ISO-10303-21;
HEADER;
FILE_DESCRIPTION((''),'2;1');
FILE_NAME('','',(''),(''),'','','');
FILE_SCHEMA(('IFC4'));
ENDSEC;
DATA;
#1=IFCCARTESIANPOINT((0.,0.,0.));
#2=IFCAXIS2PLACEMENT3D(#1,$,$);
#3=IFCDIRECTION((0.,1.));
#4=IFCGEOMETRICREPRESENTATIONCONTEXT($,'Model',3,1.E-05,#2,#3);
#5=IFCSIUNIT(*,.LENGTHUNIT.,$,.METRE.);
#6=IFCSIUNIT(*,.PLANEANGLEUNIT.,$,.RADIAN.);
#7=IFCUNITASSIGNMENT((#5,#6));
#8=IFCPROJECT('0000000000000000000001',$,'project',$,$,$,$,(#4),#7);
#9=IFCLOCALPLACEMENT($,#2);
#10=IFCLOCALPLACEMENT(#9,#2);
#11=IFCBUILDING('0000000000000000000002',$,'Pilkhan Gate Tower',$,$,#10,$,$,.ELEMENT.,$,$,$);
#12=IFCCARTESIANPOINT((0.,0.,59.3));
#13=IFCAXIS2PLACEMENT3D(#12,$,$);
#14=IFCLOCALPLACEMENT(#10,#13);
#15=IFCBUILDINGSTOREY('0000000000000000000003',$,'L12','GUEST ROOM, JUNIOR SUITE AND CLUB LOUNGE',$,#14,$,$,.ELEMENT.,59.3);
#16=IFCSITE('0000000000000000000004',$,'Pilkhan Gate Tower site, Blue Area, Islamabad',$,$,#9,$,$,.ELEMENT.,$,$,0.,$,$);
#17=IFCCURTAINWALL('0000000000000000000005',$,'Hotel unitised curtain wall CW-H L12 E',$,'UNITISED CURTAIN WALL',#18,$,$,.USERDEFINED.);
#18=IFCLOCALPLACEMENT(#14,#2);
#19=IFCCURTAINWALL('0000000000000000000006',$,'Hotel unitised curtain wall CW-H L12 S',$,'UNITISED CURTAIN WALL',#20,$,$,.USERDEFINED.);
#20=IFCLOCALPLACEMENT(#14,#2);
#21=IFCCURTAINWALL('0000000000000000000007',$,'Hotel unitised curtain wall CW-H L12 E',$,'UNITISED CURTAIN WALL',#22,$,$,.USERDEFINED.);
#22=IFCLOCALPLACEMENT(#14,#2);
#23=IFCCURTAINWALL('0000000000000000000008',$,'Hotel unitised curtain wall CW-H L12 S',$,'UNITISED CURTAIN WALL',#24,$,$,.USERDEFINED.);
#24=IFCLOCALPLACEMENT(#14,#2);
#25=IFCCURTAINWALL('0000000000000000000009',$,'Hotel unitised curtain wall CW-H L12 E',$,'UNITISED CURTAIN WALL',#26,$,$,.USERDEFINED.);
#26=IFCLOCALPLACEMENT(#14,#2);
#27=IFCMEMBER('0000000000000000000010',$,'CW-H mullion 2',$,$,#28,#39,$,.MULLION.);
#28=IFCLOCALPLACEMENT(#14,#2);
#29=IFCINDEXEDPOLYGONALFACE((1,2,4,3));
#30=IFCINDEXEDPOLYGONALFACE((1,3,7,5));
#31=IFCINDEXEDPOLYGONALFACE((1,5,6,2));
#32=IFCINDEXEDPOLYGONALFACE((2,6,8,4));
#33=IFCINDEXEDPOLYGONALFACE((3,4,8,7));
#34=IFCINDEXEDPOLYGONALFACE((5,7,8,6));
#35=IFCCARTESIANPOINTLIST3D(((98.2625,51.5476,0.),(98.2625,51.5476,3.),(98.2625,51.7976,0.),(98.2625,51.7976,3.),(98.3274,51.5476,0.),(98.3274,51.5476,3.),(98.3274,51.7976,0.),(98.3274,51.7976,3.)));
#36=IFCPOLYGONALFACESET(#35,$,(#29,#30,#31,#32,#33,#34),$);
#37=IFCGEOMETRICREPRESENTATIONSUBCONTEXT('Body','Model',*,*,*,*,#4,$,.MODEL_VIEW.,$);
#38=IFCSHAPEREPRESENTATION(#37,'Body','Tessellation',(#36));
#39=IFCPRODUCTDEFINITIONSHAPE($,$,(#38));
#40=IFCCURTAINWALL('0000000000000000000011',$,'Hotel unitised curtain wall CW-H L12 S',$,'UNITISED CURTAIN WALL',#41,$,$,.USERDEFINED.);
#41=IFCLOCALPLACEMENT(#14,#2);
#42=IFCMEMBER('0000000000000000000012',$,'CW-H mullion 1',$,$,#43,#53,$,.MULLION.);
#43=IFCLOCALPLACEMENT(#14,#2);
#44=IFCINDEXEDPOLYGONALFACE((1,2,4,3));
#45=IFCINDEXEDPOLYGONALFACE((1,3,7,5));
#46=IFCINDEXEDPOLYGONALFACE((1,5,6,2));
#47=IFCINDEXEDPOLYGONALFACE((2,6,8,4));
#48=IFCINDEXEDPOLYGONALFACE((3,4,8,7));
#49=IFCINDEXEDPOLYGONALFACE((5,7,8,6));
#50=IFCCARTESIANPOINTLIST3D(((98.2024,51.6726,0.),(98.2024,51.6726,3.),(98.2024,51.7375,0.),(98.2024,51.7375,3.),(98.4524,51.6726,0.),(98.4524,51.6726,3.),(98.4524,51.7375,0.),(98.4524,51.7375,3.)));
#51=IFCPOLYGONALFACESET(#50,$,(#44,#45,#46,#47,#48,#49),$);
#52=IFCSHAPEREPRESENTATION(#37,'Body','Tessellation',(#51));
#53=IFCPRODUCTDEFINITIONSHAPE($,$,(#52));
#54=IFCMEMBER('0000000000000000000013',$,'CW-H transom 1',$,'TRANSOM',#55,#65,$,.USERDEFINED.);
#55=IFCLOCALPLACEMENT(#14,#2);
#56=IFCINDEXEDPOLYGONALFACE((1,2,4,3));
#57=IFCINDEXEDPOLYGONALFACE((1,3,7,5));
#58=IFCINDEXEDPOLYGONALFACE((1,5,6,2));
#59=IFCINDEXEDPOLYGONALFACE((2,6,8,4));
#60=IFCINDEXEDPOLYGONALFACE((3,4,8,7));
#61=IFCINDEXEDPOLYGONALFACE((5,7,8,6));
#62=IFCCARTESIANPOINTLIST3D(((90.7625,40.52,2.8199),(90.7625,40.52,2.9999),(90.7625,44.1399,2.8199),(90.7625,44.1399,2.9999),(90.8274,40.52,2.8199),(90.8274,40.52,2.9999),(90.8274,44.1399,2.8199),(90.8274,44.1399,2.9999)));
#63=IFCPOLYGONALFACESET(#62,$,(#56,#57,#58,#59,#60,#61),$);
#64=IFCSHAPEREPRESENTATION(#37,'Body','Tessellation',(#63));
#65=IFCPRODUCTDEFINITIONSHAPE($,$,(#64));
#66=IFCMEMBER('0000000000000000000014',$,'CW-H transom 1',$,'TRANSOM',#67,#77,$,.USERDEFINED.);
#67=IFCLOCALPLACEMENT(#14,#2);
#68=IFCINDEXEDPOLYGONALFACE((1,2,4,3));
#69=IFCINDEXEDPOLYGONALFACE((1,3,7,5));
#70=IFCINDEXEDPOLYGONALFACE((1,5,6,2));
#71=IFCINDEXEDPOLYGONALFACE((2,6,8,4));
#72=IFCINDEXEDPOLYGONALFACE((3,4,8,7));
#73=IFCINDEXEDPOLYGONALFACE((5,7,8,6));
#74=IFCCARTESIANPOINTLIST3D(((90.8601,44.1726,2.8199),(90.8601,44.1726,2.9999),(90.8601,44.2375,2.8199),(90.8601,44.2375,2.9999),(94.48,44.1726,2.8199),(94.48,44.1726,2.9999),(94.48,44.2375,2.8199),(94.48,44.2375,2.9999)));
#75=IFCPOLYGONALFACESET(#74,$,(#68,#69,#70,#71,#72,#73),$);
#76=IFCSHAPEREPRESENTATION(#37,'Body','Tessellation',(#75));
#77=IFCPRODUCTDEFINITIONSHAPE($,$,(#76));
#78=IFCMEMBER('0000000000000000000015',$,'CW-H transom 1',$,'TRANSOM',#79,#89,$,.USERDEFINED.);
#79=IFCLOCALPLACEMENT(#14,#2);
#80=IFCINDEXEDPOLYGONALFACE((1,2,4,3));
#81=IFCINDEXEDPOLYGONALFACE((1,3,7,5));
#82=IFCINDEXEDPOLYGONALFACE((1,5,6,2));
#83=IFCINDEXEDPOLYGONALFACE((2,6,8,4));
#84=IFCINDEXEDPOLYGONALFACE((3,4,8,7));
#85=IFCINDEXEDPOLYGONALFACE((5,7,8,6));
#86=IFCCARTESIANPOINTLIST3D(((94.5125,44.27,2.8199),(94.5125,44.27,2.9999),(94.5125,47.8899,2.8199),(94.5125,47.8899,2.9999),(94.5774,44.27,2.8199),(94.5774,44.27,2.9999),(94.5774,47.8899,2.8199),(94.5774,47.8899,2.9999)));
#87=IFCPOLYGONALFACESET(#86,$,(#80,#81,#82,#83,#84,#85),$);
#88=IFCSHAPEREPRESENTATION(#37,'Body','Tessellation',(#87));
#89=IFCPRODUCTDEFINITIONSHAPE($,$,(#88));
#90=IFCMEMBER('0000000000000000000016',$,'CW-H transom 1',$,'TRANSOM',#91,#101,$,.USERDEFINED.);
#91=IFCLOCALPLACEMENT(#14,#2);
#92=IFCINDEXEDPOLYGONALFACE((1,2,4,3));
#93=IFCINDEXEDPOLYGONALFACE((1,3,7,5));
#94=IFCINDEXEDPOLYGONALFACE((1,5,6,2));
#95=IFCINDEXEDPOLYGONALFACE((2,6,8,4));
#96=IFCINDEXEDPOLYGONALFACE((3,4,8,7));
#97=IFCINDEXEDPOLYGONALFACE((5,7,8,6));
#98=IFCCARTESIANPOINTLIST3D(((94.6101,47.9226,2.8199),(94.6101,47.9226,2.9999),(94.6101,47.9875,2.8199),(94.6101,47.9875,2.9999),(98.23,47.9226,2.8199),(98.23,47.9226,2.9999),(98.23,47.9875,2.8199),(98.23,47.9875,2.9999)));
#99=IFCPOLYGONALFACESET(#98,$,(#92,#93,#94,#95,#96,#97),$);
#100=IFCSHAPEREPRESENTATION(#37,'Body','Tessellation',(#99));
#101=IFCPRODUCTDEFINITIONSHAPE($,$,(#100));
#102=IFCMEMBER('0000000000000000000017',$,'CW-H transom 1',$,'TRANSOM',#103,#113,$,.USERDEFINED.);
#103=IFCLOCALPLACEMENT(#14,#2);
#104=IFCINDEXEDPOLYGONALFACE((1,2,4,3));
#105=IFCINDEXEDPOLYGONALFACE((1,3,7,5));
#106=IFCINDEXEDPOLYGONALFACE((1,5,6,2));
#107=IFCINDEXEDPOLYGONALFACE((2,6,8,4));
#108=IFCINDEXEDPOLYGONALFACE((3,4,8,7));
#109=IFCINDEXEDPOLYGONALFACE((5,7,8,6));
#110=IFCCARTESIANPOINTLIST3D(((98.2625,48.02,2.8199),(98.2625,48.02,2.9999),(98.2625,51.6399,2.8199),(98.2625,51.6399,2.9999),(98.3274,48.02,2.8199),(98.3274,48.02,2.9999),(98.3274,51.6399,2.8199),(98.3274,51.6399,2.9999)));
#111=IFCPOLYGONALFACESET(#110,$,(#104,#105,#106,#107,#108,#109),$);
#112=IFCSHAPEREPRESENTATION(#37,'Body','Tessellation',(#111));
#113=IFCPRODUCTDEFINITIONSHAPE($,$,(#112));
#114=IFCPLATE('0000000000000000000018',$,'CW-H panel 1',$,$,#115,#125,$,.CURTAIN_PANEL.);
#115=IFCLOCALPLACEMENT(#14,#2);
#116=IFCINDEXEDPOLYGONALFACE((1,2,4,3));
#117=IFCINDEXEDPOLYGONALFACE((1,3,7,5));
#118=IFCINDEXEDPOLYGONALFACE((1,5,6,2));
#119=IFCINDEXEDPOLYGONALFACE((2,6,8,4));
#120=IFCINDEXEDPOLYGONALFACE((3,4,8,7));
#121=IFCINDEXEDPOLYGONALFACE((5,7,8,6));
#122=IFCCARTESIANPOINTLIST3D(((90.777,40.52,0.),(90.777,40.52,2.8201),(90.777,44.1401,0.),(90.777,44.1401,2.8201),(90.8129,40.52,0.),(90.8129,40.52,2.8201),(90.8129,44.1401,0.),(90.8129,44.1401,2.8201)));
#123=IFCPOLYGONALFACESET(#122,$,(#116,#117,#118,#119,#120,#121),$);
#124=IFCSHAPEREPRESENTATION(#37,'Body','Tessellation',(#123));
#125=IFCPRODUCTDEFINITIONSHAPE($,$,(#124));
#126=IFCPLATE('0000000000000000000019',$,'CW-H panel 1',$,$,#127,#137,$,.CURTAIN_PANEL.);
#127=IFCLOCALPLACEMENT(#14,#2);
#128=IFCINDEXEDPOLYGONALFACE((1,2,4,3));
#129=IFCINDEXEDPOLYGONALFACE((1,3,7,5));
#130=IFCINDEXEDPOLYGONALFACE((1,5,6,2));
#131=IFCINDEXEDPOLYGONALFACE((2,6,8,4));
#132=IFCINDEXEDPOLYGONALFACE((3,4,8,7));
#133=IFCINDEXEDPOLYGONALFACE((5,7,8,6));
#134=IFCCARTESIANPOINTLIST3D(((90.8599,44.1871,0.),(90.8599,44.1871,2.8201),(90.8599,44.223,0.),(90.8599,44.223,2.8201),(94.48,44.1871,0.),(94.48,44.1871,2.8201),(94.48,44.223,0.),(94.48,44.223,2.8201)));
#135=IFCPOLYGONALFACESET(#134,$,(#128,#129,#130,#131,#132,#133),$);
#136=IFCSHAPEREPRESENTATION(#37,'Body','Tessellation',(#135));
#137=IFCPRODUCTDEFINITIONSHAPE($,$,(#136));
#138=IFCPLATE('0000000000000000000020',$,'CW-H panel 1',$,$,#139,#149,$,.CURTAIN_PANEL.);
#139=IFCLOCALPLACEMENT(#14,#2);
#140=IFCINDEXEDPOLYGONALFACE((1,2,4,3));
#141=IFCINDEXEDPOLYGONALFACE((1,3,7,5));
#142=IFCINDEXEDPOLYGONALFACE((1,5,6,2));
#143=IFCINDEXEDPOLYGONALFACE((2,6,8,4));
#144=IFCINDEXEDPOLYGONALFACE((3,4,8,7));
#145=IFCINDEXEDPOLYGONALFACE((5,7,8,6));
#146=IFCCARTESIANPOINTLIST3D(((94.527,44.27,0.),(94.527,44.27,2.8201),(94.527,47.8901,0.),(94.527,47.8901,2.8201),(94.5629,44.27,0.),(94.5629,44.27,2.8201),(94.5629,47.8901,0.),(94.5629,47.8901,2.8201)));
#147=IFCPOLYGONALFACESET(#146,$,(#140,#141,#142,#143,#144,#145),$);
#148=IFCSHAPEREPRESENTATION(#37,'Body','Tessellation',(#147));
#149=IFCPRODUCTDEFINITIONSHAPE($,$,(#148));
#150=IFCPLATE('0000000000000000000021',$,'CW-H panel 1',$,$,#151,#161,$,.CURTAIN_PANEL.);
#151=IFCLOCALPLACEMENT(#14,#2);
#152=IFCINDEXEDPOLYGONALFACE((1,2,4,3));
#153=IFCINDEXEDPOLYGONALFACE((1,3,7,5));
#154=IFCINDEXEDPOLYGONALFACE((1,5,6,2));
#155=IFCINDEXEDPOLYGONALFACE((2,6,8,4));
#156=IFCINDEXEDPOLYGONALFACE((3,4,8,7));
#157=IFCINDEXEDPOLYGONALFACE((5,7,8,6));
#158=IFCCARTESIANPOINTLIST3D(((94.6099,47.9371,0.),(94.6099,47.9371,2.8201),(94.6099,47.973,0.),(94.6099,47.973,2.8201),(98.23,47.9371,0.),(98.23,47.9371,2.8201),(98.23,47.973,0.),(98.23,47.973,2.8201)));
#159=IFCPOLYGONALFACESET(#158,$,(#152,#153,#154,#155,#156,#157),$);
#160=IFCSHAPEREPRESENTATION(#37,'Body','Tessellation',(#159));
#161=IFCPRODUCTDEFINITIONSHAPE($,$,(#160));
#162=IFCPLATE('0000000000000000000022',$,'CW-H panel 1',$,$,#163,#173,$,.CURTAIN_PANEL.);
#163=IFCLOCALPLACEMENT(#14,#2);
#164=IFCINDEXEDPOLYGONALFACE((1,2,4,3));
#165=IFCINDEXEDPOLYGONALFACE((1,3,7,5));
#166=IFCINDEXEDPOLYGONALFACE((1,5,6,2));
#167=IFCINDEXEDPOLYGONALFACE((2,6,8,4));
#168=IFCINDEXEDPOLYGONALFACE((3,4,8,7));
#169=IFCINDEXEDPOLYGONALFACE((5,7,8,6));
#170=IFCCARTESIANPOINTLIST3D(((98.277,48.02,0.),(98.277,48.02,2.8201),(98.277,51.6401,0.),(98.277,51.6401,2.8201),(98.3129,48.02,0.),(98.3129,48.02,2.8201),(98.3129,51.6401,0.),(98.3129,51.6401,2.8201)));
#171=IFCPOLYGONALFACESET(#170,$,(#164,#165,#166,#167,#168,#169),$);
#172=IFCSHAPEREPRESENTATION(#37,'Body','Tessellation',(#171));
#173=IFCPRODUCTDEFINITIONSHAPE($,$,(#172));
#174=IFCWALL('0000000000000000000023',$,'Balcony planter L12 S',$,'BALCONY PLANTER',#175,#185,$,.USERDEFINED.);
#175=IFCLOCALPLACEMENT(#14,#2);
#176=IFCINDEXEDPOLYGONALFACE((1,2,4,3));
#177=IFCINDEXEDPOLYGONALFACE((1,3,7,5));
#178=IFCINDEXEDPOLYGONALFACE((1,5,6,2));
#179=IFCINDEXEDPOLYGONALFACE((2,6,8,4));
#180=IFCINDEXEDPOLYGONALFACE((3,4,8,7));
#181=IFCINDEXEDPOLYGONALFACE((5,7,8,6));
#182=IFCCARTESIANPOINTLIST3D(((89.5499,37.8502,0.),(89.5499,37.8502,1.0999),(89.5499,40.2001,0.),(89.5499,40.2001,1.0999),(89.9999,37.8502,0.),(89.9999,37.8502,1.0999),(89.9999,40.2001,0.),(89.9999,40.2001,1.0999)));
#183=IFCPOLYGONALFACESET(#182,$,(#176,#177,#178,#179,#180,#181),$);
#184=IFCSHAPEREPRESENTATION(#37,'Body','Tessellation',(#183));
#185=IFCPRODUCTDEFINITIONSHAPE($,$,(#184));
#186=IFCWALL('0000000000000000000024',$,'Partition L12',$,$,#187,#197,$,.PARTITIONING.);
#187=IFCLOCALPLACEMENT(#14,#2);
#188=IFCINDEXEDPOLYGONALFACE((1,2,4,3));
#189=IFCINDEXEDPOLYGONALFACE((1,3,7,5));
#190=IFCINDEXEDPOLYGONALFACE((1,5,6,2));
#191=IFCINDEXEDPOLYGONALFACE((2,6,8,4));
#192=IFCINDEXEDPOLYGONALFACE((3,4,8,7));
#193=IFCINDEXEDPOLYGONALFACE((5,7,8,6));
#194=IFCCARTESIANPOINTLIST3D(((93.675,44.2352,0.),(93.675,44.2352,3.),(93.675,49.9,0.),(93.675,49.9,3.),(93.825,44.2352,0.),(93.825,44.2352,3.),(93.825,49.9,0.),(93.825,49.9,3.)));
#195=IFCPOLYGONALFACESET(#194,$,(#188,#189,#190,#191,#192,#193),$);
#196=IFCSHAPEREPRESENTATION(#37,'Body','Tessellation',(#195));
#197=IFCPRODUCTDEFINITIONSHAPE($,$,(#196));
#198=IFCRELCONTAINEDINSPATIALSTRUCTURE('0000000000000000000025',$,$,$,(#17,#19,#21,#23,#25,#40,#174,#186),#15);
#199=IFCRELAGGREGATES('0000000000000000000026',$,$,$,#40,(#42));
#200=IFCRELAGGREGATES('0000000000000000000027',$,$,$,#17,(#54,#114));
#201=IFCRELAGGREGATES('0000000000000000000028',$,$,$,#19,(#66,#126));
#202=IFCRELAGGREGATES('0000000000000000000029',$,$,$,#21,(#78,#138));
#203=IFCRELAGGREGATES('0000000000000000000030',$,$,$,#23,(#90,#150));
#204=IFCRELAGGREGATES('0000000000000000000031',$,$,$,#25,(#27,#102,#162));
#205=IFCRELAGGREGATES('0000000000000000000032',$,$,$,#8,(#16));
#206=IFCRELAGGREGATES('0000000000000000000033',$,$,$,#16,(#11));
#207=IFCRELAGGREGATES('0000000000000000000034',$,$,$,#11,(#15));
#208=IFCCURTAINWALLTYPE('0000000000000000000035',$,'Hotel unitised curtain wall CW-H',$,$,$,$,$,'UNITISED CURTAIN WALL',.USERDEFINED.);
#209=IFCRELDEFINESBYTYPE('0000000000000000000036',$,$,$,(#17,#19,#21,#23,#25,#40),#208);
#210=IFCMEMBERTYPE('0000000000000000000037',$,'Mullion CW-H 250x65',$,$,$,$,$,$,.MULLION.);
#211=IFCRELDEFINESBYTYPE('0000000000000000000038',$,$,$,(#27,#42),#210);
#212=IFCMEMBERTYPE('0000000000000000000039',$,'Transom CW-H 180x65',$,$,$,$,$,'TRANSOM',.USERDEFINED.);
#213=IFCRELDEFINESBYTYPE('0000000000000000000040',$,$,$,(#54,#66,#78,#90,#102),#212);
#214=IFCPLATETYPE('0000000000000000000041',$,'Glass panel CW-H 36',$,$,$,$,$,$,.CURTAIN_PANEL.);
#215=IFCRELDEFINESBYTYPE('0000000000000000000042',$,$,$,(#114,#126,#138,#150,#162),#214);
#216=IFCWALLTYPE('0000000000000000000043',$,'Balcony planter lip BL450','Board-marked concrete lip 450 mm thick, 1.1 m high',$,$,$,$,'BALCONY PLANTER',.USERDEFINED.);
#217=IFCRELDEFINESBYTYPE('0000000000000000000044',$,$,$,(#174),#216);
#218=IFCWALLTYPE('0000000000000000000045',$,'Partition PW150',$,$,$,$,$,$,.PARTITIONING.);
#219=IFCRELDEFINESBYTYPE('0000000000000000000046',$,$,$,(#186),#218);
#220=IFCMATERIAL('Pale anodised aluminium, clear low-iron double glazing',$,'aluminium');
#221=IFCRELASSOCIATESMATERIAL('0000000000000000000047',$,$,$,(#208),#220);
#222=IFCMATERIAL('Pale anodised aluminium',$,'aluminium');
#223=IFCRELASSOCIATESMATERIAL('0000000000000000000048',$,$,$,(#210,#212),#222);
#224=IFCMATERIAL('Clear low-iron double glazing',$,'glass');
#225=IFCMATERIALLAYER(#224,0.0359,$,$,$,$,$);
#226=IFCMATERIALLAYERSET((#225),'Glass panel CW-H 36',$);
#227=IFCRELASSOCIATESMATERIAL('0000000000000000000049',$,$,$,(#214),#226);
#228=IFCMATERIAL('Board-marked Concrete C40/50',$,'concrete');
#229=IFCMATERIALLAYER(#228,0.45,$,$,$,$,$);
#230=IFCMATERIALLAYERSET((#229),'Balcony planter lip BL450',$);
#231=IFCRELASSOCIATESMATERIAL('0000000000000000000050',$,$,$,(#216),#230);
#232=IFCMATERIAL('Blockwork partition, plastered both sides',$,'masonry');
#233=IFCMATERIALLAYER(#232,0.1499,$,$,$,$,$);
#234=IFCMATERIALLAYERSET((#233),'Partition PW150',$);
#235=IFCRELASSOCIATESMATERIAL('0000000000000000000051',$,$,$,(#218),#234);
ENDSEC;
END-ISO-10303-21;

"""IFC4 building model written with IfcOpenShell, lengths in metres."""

from ifc_helpers import new_model, si_unit, direction, frame, frame_2d, origin, origin_2d, place, context, subcontext, project, spatial, rectangle, extrude, material, layer, layer_set, material_profile, profile_set, type_object, element, aggregate, save


model = new_model("IFC4")

# Units and contexts
model_context = context("Model", 3, precision=1e-05, world=origin(), true_north=direction((0.0, 1.0)))
body_context = subcontext(model_context, "Body", "Model", "MODEL_VIEW")
ifc_project = project(units=[si_unit("LENGTHUNIT", "METRE"), si_unit("PLANEANGLEUNIT", "RADIAN")], contexts=[model_context])

# Site, building, storey
site_placement = place(None, origin())
site = spatial("IfcSite", under=ifc_project, at=site_placement, Name="Pilkhan Gate Tower site, Blue Area, Islamabad", CompositionType="ELEMENT", RefElevation=0.0)
building_placement = place(site_placement, origin())
building = spatial("IfcBuilding", under=site, at=building_placement, Name="Pilkhan Gate Tower", CompositionType="ELEMENT")
storey_placement = place(building_placement, frame((0.0, 0.0, 59.3)))
storey = spatial("IfcBuildingStorey", under=building, at=storey_placement, Name="L12", Description="GUEST ROOM, JUNIOR SUITE AND CLUB LOUNGE", CompositionType="ELEMENT", Elevation=59.3)

# Shared definitions
ifc_material_1 = material(Name="Pale anodised aluminium, clear low-iron double glazing", Category="aluminium")
curtain_wall_type = type_object("IfcCurtainWallType", Name="Hotel unitised curtain wall CW-H", ElementType="UNITISED CURTAIN WALL", PredefinedType="USERDEFINED", material=ifc_material_1)
ifc_material_2 = material(Name="Pale anodised aluminium", Category="aluminium")
ifc_material_profile_1 = material_profile(ifc_material_2, rectangle(XDim=0.0649, YDim=0.25, at=origin_2d()), Name="Mullion 250x65")
ifc_profile_set_1 = profile_set([ifc_material_profile_1], Name="Pale anodised aluminium")
member_type_1 = type_object("IfcMemberType", Name="Mullion CW-H 250x65", PredefinedType="MULLION", material=ifc_profile_set_1)

# Curtain walls, member
curtain_wall_1_placement = place(storey_placement, origin())
curtain_wall_1 = element("IfcCurtainWall", 1, at=curtain_wall_1_placement, inside=storey, type_object=curtain_wall_type, Name="Hotel unitised curtain wall CW-H L12 E", ObjectType="UNITISED CURTAIN WALL", PredefinedType="USERDEFINED")
curtain_wall_2_placement = place(storey_placement, origin())
curtain_wall_2 = element("IfcCurtainWall", 2, at=curtain_wall_2_placement, inside=storey, type_object=curtain_wall_type, Name="Hotel unitised curtain wall CW-H L12 S", ObjectType="UNITISED CURTAIN WALL", PredefinedType="USERDEFINED")
curtain_wall_3_placement = place(storey_placement, origin())
curtain_wall_3 = element("IfcCurtainWall", 3, at=curtain_wall_3_placement, inside=storey, type_object=curtain_wall_type, Name="Hotel unitised curtain wall CW-H L12 E", ObjectType="UNITISED CURTAIN WALL", PredefinedType="USERDEFINED")
curtain_wall_4_placement = place(storey_placement, origin())
curtain_wall_4 = element("IfcCurtainWall", 4, at=curtain_wall_4_placement, inside=storey, type_object=curtain_wall_type, Name="Hotel unitised curtain wall CW-H L12 S", ObjectType="UNITISED CURTAIN WALL", PredefinedType="USERDEFINED")
curtain_wall_5_placement = place(storey_placement, origin())
curtain_wall_5 = element("IfcCurtainWall", 5, at=curtain_wall_5_placement, inside=storey, type_object=curtain_wall_type, Name="Hotel unitised curtain wall CW-H L12 E", ObjectType="UNITISED CURTAIN WALL", PredefinedType="USERDEFINED")
member_1_placement = place(storey_placement, frame((98.2949, 51.6726, 0.0), z_axis=(0.0, 0.0, 1.0), x_axis=(-1.0, 0.0, 0.0)))
member_1 = element("IfcMember", 6, at=member_1_placement, type_object=member_type_1, Name="CW-H mullion 2", PredefinedType="MULLION", context=body_context, shape_type="SweptSolid", body=[
    extrude(rectangle(XDim=0.0649, YDim=0.25, at=origin_2d()), origin(), (0.0, 0.0, 1.0), 3.0),
])

# Curtain wall, member
curtain_wall_6_placement = place(storey_placement, origin())
curtain_wall_6 = element("IfcCurtainWall", 7, at=curtain_wall_6_placement, inside=storey, type_object=curtain_wall_type, Name="Hotel unitised curtain wall CW-H L12 S", ObjectType="UNITISED CURTAIN WALL", PredefinedType="USERDEFINED")
member_2_placement = place(storey_placement, frame((98.3274, 51.7051, 0.0), z_axis=(0.0, 0.0, 1.0), x_axis=(0.0, 1.0, 0.0)))
member_2 = element("IfcMember", 8, at=member_2_placement, type_object=member_type_1, Name="CW-H mullion 1", PredefinedType="MULLION", context=body_context, shape_type="SweptSolid", body=[
    extrude(rectangle(XDim=0.0649, YDim=0.25, at=origin_2d()), origin(), (0.0, 0.0, 1.0), 3.0),
])
aggregate(curtain_wall_6, [member_2])

# Members
ifc_material_profile_2 = material_profile(ifc_material_2, rectangle(XDim=0.0649, YDim=0.1799, at=origin_2d()), Name="Transom 180x65")
ifc_profile_set_2 = profile_set([ifc_material_profile_2], Name="Pale anodised aluminium")
member_type_2 = type_object("IfcMemberType", Name="Transom CW-H 180x65", ElementType="TRANSOM", PredefinedType="USERDEFINED", material=ifc_profile_set_2)
member_3_placement = place(storey_placement, frame((90.7949, 40.52, 2.9099), z_axis=(0.0, 1.0, 0.0), x_axis=(-1.0, 0.0, 0.0)))
member_3 = element("IfcMember", 9, at=member_3_placement, type_object=member_type_2, Name="CW-H transom 1", ObjectType="TRANSOM", PredefinedType="USERDEFINED", context=body_context, shape_type="SweptSolid", body=[
    extrude(rectangle(XDim=0.0649, YDim=0.1799, at=origin_2d()), origin(), (0.0, 0.0, 1.0), 3.6199),
])
member_4_placement = place(storey_placement, frame((90.8601, 44.2051, 2.9099), z_axis=(1.0, 0.0, 0.0), x_axis=(0.0, 1.0, 0.0)))
member_4 = element("IfcMember", 10, at=member_4_placement, type_object=member_type_2, Name="CW-H transom 1", ObjectType="TRANSOM", PredefinedType="USERDEFINED", context=body_context, shape_type="SweptSolid", body=[
    extrude(rectangle(XDim=0.0649, YDim=0.1799, at=origin_2d()), origin(), (0.0, 0.0, 1.0), 3.6199),
])
member_5_placement = place(storey_placement, frame((94.5449, 44.27, 2.9099), z_axis=(0.0, 1.0, 0.0), x_axis=(-1.0, 0.0, 0.0)))
member_5 = element("IfcMember", 11, at=member_5_placement, type_object=member_type_2, Name="CW-H transom 1", ObjectType="TRANSOM", PredefinedType="USERDEFINED", context=body_context, shape_type="SweptSolid", body=[
    extrude(rectangle(XDim=0.0649, YDim=0.1799, at=origin_2d()), origin(), (0.0, 0.0, 1.0), 3.6199),
])
member_6_placement = place(storey_placement, frame((94.6101, 47.9551, 2.9099), z_axis=(1.0, 0.0, 0.0), x_axis=(0.0, 1.0, 0.0)))
member_6 = element("IfcMember", 12, at=member_6_placement, type_object=member_type_2, Name="CW-H transom 1", ObjectType="TRANSOM", PredefinedType="USERDEFINED", context=body_context, shape_type="SweptSolid", body=[
    extrude(rectangle(XDim=0.0649, YDim=0.1799, at=origin_2d()), origin(), (0.0, 0.0, 1.0), 3.6199),
])
member_7_placement = place(storey_placement, frame((98.2949, 48.02, 2.9099), z_axis=(0.0, 1.0, 0.0), x_axis=(-1.0, 0.0, 0.0)))
member_7 = element("IfcMember", 13, at=member_7_placement, type_object=member_type_2, Name="CW-H transom 1", ObjectType="TRANSOM", PredefinedType="USERDEFINED", context=body_context, shape_type="SweptSolid", body=[
    extrude(rectangle(XDim=0.0649, YDim=0.1799, at=origin_2d()), origin(), (0.0, 0.0, 1.0), 3.6199),
])

# Plates
ifc_material_3 = material(Name="Clear low-iron double glazing", Category="glass")
ifc_layer_1 = layer(ifc_material_3, 0.0359)
ifc_layer_set_1 = layer_set([ifc_layer_1], Name="Glass panel CW-H 36")
plate_type = type_object("IfcPlateType", Name="Glass panel CW-H 36", PredefinedType="CURTAIN_PANEL", material=ifc_layer_set_1)
plate_1_placement = place(storey_placement, frame((90.7949, 42.3301, 0.0), z_axis=(0.0, 0.0, 1.0), x_axis=(0.0, 1.0, 0.0)))
plate_1 = element("IfcPlate", 14, at=plate_1_placement, type_object=plate_type, Name="CW-H panel 1", PredefinedType="CURTAIN_PANEL", context=body_context, shape_type="SweptSolid", body=[
    extrude(rectangle(XDim=3.6201, YDim=0.0359, at=origin_2d()), origin(), (0.0, 0.0, 1.0), 2.8201),
])
aggregate(curtain_wall_1, [member_3, plate_1])
plate_2_placement = place(storey_placement, frame((92.6699, 44.2051, 0.0), z_axis=(0.0, 0.0, 1.0), x_axis=(1.0, 0.0, 0.0)))
plate_2 = element("IfcPlate", 15, at=plate_2_placement, type_object=plate_type, Name="CW-H panel 1", PredefinedType="CURTAIN_PANEL", context=body_context, shape_type="SweptSolid", body=[
    extrude(rectangle(XDim=3.6201, YDim=0.0359, at=origin_2d()), origin(), (0.0, 0.0, 1.0), 2.8201),
])
aggregate(curtain_wall_2, [member_4, plate_2])
plate_3_placement = place(storey_placement, frame((94.5449, 46.0801, 0.0), z_axis=(0.0, 0.0, 1.0), x_axis=(0.0, 1.0, 0.0)))
plate_3 = element("IfcPlate", 16, at=plate_3_placement, type_object=plate_type, Name="CW-H panel 1", PredefinedType="CURTAIN_PANEL", context=body_context, shape_type="SweptSolid", body=[
    extrude(rectangle(XDim=3.6201, YDim=0.0359, at=origin_2d()), origin(), (0.0, 0.0, 1.0), 2.8201),
])
aggregate(curtain_wall_3, [member_5, plate_3])
plate_4_placement = place(storey_placement, frame((96.4199, 47.9551, 0.0), z_axis=(0.0, 0.0, 1.0), x_axis=(1.0, 0.0, 0.0)))
plate_4 = element("IfcPlate", 17, at=plate_4_placement, type_object=plate_type, Name="CW-H panel 1", PredefinedType="CURTAIN_PANEL", context=body_context, shape_type="SweptSolid", body=[
    extrude(rectangle(XDim=3.6201, YDim=0.0359, at=origin_2d()), origin(), (0.0, 0.0, 1.0), 2.8201),
])
aggregate(curtain_wall_4, [member_6, plate_4])
plate_5_placement = place(storey_placement, frame((98.2949, 49.8301, 0.0), z_axis=(0.0, 0.0, 1.0), x_axis=(0.0, 1.0, 0.0)))
plate_5 = element("IfcPlate", 18, at=plate_5_placement, type_object=plate_type, Name="CW-H panel 1", PredefinedType="CURTAIN_PANEL", context=body_context, shape_type="SweptSolid", body=[
    extrude(rectangle(XDim=3.6201, YDim=0.0359, at=origin_2d()), origin(), (0.0, 0.0, 1.0), 2.8201),
])
aggregate(curtain_wall_5, [member_1, member_7, plate_5])

# Walls
ifc_material_4 = material(Name="Board-marked Concrete C40/50", Category="concrete")
ifc_layer_2 = layer(ifc_material_4, 0.45)
ifc_layer_set_2 = layer_set([ifc_layer_2], Name="Balcony planter lip BL450")
wall_type_1 = type_object("IfcWallType", Name="Balcony planter lip BL450", Description="Board-marked concrete lip 450 mm thick, 1.1 m high", ElementType="BALCONY PLANTER", PredefinedType="USERDEFINED", material=ifc_layer_set_2)
wall_1_placement = place(storey_placement, frame((89.7749, 40.2, 0.0), z_axis=(0.0, 0.0, 1.0), x_axis=(0.0, -1.0, 0.0)))
element("IfcWall", 19, at=wall_1_placement, inside=storey, type_object=wall_type_1, Name="Balcony planter L12 S", ObjectType="BALCONY PLANTER", PredefinedType="USERDEFINED", context=body_context, shape_type="SweptSolid", body=[
    extrude(rectangle(XDim=2.3499, YDim=0.45, at=frame_2d((1.1748, 0.0))), origin(), (0.0, 0.0, 1.0), 1.0999),
])
ifc_material_5 = material(Name="Blockwork partition, plastered both sides", Category="masonry")
ifc_layer_3 = layer(ifc_material_5, 0.1499)
ifc_layer_set_3 = layer_set([ifc_layer_3], Name="Partition PW150")
wall_type_2 = type_object("IfcWallType", Name="Partition PW150", PredefinedType="PARTITIONING", material=ifc_layer_set_3)
wall_2_placement = place(storey_placement, frame((93.75, 44.2351, 0.0), z_axis=(0.0, 0.0, 1.0), x_axis=(0.0, 1.0, 0.0)))
element("IfcWall", 20, at=wall_2_placement, inside=storey, type_object=wall_type_2, Name="Partition L12", PredefinedType="PARTITIONING", context=body_context, shape_type="SweptSolid", body=[
    extrude(rectangle(XDim=5.6648, YDim=0.1499, at=frame_2d((2.8325, 0.0))), origin(), (0.0, 0.0, 1.0), 3.0),
])

save(model, "model.ifc")
